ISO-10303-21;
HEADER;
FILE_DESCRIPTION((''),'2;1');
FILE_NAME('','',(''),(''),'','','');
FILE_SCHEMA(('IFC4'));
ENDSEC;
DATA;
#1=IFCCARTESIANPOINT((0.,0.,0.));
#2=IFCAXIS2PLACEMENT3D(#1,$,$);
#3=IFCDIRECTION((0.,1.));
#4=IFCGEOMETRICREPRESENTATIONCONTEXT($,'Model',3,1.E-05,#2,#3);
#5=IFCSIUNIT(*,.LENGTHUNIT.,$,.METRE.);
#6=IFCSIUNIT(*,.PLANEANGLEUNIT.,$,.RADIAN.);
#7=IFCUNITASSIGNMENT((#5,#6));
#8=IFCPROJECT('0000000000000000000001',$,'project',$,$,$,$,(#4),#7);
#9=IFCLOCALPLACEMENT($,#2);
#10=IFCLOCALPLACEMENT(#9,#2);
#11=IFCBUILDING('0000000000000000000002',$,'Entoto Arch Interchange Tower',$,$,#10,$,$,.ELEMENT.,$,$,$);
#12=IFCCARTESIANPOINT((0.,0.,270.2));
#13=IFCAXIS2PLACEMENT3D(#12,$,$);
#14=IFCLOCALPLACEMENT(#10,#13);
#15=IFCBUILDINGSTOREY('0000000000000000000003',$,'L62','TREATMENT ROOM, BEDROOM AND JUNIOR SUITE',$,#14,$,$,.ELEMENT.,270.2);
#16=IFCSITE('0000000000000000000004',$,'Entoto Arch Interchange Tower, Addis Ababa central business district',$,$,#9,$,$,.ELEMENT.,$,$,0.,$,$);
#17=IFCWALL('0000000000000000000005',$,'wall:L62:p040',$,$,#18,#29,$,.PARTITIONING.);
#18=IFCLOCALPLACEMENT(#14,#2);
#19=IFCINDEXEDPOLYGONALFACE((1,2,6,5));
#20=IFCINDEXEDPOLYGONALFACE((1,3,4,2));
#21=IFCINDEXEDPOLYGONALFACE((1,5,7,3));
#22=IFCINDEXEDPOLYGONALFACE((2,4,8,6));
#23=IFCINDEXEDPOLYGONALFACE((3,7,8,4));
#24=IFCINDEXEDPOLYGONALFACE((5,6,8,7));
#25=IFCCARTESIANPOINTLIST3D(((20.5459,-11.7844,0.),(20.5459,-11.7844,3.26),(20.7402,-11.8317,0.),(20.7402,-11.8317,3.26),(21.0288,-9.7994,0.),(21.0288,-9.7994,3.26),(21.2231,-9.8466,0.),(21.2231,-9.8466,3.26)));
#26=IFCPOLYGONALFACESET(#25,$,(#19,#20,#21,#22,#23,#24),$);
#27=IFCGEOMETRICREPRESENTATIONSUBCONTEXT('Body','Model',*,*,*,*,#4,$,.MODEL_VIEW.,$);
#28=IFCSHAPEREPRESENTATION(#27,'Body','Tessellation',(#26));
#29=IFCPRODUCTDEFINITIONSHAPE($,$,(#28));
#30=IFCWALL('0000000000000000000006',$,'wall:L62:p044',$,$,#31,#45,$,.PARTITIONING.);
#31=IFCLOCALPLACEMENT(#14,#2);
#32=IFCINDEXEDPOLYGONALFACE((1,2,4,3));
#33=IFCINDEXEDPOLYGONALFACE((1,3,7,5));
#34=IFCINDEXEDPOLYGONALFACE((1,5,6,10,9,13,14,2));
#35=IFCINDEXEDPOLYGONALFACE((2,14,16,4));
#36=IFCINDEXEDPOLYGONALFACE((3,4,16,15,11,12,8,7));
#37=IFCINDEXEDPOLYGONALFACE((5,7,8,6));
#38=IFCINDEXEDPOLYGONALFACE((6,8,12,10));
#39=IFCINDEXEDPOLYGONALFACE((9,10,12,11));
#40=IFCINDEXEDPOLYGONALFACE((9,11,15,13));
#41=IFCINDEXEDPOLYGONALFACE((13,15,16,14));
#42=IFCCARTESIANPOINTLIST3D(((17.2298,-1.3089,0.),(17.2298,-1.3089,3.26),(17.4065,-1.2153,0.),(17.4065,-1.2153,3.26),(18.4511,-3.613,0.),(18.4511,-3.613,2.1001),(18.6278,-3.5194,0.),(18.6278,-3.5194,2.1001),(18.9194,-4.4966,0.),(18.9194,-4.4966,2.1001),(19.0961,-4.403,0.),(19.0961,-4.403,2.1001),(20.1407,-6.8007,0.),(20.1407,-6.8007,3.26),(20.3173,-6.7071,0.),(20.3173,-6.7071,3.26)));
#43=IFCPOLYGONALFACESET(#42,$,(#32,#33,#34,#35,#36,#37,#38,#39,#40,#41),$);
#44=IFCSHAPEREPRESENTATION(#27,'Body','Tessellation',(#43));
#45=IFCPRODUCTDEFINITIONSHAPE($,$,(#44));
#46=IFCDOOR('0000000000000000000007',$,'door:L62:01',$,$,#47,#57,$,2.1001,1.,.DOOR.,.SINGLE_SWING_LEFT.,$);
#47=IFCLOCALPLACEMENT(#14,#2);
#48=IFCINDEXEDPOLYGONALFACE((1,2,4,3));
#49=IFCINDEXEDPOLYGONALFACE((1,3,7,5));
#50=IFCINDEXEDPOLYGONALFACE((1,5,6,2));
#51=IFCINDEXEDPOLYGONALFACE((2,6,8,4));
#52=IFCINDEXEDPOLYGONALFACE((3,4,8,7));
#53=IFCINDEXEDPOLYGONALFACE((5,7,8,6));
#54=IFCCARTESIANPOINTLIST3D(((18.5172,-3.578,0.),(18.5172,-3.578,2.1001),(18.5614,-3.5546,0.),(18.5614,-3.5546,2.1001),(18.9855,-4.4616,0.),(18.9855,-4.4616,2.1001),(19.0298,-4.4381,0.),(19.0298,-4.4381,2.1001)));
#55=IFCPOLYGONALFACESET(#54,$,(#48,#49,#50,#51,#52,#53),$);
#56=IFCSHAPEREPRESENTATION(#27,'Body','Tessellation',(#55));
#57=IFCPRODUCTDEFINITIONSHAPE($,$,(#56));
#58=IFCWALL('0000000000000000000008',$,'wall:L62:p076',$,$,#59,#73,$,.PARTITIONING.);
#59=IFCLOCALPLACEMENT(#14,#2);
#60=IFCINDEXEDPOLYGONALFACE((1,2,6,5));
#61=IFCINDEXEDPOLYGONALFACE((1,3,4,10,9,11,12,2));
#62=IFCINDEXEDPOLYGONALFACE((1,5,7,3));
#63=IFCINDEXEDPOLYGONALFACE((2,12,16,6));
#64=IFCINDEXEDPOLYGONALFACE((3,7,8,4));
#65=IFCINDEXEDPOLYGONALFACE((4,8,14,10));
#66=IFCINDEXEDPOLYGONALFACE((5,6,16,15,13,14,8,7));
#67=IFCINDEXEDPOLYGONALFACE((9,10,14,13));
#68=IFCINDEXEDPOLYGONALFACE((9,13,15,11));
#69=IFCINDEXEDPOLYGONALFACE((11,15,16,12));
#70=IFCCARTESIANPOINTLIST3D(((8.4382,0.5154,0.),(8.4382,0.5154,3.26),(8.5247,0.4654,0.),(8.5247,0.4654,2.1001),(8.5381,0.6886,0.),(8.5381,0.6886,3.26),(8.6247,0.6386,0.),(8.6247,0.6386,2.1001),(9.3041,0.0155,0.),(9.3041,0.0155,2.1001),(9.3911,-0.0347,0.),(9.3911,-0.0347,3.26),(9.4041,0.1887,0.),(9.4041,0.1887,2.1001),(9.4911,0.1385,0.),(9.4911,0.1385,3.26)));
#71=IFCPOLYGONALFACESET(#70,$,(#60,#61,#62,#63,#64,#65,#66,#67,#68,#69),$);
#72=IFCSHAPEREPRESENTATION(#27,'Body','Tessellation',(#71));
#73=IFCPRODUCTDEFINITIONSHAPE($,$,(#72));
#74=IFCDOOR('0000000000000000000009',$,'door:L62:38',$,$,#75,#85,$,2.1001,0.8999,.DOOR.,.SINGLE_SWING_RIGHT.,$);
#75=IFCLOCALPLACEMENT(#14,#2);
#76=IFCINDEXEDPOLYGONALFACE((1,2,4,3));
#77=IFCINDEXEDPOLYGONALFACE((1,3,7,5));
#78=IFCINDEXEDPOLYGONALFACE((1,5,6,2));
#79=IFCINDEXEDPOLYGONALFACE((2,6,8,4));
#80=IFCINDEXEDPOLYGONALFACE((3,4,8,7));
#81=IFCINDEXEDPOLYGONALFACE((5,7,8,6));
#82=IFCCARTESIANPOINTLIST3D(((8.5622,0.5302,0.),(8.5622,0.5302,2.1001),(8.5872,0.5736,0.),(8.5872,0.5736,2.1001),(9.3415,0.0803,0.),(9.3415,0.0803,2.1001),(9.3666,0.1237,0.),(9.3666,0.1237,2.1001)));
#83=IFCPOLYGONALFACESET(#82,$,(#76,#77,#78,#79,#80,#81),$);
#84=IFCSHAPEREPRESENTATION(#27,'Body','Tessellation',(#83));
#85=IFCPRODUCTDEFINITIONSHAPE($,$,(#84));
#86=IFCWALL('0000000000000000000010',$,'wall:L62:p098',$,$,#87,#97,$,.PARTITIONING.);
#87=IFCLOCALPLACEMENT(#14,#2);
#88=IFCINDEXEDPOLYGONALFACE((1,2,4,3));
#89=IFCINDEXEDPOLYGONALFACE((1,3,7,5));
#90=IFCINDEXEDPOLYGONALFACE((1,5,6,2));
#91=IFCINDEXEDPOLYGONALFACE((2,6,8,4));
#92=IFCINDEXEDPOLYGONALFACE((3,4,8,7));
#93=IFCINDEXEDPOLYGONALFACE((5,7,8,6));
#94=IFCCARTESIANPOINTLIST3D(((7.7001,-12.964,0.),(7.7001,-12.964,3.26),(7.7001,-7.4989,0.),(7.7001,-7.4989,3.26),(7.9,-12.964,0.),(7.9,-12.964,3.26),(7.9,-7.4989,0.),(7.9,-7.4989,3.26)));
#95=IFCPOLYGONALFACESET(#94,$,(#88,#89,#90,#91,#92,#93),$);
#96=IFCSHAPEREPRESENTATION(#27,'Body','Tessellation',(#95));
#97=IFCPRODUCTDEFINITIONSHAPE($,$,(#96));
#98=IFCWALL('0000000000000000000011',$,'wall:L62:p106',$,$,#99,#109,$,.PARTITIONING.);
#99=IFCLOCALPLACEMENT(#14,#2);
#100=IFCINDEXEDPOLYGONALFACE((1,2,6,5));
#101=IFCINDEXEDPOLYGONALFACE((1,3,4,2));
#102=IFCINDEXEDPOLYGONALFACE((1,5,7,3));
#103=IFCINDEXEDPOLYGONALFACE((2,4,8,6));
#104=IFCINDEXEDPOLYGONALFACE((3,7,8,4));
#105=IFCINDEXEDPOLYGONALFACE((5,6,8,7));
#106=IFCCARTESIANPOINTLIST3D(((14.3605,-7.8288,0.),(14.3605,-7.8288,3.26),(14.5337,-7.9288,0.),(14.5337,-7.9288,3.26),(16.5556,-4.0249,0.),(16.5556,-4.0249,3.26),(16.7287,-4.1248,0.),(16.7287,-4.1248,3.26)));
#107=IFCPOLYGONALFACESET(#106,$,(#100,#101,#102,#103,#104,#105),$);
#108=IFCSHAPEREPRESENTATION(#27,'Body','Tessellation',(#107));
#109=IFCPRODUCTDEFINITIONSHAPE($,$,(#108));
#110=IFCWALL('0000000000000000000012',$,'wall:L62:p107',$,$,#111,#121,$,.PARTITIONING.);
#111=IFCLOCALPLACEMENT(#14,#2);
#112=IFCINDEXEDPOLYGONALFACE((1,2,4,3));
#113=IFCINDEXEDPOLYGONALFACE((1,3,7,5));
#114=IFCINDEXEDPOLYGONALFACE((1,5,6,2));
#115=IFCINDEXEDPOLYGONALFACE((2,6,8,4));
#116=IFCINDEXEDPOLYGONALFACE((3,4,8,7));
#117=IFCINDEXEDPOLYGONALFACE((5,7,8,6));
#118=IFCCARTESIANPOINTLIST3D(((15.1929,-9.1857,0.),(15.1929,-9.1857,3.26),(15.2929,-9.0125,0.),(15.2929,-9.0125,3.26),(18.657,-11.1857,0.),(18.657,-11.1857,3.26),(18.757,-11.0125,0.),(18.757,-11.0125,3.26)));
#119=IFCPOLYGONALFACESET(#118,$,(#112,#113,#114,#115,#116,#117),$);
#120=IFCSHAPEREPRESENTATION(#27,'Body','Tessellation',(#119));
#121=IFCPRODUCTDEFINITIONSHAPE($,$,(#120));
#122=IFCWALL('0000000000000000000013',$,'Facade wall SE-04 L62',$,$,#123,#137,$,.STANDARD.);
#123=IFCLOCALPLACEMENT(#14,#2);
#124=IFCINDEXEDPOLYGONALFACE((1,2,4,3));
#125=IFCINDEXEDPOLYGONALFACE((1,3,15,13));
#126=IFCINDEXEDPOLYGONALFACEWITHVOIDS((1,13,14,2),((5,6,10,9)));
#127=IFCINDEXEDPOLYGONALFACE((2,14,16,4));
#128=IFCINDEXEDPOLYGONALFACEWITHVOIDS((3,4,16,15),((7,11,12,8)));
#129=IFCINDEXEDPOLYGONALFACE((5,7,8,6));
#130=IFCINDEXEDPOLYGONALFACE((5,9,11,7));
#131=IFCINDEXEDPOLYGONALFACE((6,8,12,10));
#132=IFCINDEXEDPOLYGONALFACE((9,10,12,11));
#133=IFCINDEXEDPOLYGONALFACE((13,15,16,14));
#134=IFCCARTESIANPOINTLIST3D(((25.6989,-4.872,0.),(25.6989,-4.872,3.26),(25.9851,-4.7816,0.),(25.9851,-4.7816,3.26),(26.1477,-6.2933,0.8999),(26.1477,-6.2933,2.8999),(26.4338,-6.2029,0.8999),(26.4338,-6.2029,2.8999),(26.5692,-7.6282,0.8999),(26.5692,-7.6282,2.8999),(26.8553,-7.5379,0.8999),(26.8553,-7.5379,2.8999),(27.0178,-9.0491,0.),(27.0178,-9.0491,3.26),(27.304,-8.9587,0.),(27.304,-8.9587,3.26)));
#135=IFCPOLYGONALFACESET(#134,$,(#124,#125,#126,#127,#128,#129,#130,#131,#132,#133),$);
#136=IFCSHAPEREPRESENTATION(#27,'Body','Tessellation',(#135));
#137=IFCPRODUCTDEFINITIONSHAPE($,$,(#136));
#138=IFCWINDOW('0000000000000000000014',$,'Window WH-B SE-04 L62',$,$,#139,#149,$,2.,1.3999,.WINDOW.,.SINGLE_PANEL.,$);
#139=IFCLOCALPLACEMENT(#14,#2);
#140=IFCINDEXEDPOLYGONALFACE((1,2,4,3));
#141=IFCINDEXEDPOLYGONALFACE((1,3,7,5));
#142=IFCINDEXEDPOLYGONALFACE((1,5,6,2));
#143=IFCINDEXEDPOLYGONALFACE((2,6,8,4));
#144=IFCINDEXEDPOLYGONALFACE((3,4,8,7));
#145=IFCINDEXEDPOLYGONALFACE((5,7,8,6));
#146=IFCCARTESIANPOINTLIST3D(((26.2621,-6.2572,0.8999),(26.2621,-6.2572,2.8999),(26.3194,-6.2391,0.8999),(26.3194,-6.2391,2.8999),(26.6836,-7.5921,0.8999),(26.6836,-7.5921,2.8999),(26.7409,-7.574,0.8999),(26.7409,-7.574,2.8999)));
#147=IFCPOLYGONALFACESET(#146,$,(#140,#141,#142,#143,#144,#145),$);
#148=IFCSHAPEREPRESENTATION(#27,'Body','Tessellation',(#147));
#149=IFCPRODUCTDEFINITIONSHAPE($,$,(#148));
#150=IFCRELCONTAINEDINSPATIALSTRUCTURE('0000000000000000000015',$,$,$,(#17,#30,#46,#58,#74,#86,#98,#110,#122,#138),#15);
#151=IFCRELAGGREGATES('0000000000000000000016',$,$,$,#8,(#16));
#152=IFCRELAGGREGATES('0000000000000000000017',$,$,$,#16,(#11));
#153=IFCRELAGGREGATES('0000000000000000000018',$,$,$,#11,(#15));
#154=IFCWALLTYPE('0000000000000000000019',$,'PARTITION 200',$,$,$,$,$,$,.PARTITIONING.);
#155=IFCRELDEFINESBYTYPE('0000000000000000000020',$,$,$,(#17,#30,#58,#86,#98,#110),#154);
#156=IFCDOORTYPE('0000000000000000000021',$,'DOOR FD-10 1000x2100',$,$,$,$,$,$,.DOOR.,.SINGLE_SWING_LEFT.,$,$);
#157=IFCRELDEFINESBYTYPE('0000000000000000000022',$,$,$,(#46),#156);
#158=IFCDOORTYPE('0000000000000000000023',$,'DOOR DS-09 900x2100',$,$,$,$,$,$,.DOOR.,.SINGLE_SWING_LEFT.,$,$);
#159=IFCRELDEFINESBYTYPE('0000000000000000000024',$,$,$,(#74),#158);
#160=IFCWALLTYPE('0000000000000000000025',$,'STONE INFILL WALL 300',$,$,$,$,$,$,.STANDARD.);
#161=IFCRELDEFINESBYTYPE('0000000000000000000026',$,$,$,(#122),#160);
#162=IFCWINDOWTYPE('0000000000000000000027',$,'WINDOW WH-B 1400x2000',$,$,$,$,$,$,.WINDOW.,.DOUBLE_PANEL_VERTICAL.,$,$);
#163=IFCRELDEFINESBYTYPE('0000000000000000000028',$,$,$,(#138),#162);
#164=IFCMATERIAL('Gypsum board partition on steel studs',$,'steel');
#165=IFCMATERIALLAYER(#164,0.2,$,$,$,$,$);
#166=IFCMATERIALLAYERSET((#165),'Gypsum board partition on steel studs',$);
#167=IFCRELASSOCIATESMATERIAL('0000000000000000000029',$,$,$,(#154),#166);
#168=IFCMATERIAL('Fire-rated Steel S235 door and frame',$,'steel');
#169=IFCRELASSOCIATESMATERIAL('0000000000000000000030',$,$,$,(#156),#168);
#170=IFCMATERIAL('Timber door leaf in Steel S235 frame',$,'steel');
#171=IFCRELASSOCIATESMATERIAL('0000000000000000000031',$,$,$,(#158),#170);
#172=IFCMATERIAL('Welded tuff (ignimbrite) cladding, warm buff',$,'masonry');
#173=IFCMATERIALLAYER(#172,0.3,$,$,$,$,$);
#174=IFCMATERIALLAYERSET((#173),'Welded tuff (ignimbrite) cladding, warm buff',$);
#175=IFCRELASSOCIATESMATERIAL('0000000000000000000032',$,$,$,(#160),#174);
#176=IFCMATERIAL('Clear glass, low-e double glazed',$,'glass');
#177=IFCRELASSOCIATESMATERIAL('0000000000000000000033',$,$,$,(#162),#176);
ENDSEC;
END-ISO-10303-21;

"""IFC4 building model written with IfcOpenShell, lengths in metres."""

from ifc_helpers import new_model, si_unit, direction, frame, frame_2d, origin, place, context, subcontext, project, spatial, rectangle, extrude, material, layer, layer_set, type_object, element, fill, save


model = new_model("IFC4")

# Units and contexts
model_context = context("Model", 3, precision=1e-05, world=origin(), true_north=direction((0.0, 1.0)))
body_context = subcontext(model_context, "Body", "Model", "MODEL_VIEW")
ifc_project = project(units=[si_unit("LENGTHUNIT", "METRE"), si_unit("PLANEANGLEUNIT", "RADIAN")], contexts=[model_context])

# Site, building, storey
site_placement = place(None, origin())
site = spatial("IfcSite", under=ifc_project, at=site_placement, Name="Entoto Arch Interchange Tower, Addis Ababa central business district", CompositionType="ELEMENT", RefElevation=0.0)
building_placement = place(site_placement, origin())
building = spatial("IfcBuilding", under=site, at=building_placement, Name="Entoto Arch Interchange Tower", CompositionType="ELEMENT")
storey_placement = place(building_placement, frame((0.0, 0.0, 270.2)))
storey = spatial("IfcBuildingStorey", under=building, at=storey_placement, Name="L62", Description="TREATMENT ROOM, BEDROOM AND JUNIOR SUITE", CompositionType="ELEMENT", Elevation=270.2)

# Shared definitions
ifc_material_1 = material(Name="Gypsum board partition on steel studs", Category="steel")
ifc_layer_1 = layer(ifc_material_1, 0.2)
ifc_layer_set_1 = layer_set([ifc_layer_1], Name="Gypsum board partition on steel studs")
wall_type_1 = type_object("IfcWallType", Name="PARTITION 200", PredefinedType="PARTITIONING", material=ifc_layer_set_1)

# Shared definitions
ifc_material_2 = material(Name="Timber door leaf in Steel S235 frame", Category="steel")

# Wall
wall_1_placement = place(storey_placement, frame((21.126, -9.823, 0.0), z_axis=(0.0, 0.0, 1.0), x_axis=(-0.236373, -0.971662, 0.0)))
element("IfcWall", 1, at=wall_1_placement, inside=storey, type_object=wall_type_1, Name="wall:L62:p040", PredefinedType="PARTITIONING", context=body_context, shape_type="SweptSolid", body=[
    extrude(rectangle(XDim=2.043, YDim=0.2, at=frame_2d((1.0215, 0.0))), origin(), (0.0, 0.0, 1.0), 3.26),
])

# Walls, openings, doors
wall_2_placement = place(storey_placement, frame((17.3181, -1.262, 0.0), z_axis=(0.0, 0.0, 1.0), x_axis=(0.468314, -0.883562, 0.0)))
wall_2 = element("IfcWall", 2, at=wall_2_placement, inside=storey, type_object=wall_type_1, Name="wall:L62:p044", PredefinedType="PARTITIONING", context=body_context, shape_type="SweptSolid", body=[
    extrude(rectangle(XDim=6.2156, YDim=0.2, at=frame_2d((3.1079, 0.0))), origin(), (0.0, 0.0, 1.0), 3.26),
])
opening_1_placement = place(wall_2_placement, frame((2.6079, 0.0, 0.0)))
opening_1 = element("IfcOpeningElement", 3, at=opening_1_placement, cuts=wall_2, PredefinedType="OPENING", context=body_context, shape_type="SweptSolid", body=[
    extrude(rectangle(XDim=1.0, YDim=2.1001, at=frame_2d((0.5, 1.05))), frame((0.0, 0.1099, 0.0), z_axis=(0.0, -1.0, 0.0), x_axis=(1.0, 0.0, 0.0)), (0.0, 0.0, 1.0), 0.22),
])
ifc_material_3 = material(Name="Fire-rated Steel S235 door and frame", Category="steel")
door_type_1 = type_object("IfcDoorType", Name="DOOR FD-10 1000x2100", OperationType="SINGLE_SWING_LEFT", PredefinedType="DOOR", material=ifc_material_3)
door_1_placement = place(opening_1_placement, origin())
door_1 = element("IfcDoor", 4, at=door_1_placement, inside=storey, type_object=door_type_1, Name="door:L62:01", OperationType="SINGLE_SWING_LEFT", OverallHeight=2.1001, OverallWidth=1.0, PredefinedType="DOOR", context=body_context, shape_type="SweptSolid", body=[
    extrude(rectangle(XDim=1.0, YDim=2.1001, at=frame_2d((0.5, 1.05))), frame((0.0, 0.0249, 0.0), z_axis=(0.0, -1.0, 0.0), x_axis=(1.0, 0.0, 0.0)), (0.0, 0.0, 1.0), 0.05),
])
fill(opening_1, door_1)
wall_3_placement = place(storey_placement, frame((8.488, 0.6021, 0.0), z_axis=(0.0, 0.0, 1.0), x_axis=(0.866064, -0.499934, 0.0)))
wall_3 = element("IfcWall", 5, at=wall_3_placement, inside=storey, type_object=wall_type_1, Name="wall:L62:p076", PredefinedType="PARTITIONING", context=body_context, shape_type="SweptSolid", body=[
    extrude(rectangle(XDim=1.1003, YDim=0.2, at=frame_2d((0.5503, 0.0))), origin(), (0.0, 0.0, 1.0), 3.26),
])
opening_2_placement = place(wall_3_placement, frame((0.1001, 0.0, 0.0)))
opening_2 = element("IfcOpeningElement", 6, at=opening_2_placement, cuts=wall_3, PredefinedType="OPENING", context=body_context, shape_type="SweptSolid", body=[
    extrude(rectangle(XDim=0.8999, YDim=2.1001, at=frame_2d((0.45, 1.05))), frame((0.0, 0.1099, 0.0), z_axis=(0.0, -1.0, 0.0), x_axis=(1.0, 0.0, 0.0)), (0.0, 0.0, 1.0), 0.22),
])
door_type_2 = type_object("IfcDoorType", Name="DOOR DS-09 900x2100", OperationType="SINGLE_SWING_LEFT", PredefinedType="DOOR", material=ifc_material_2)
door_2_placement = place(opening_2_placement, origin())
door_2 = element("IfcDoor", 7, at=door_2_placement, inside=storey, type_object=door_type_2, Name="door:L62:38", OperationType="SINGLE_SWING_RIGHT", OverallHeight=2.1001, OverallWidth=0.8999, PredefinedType="DOOR", context=body_context, shape_type="SweptSolid", body=[
    extrude(rectangle(XDim=0.8999, YDim=2.1001, at=frame_2d((0.45, 1.05))), frame((0.0, 0.0249, 0.0), z_axis=(0.0, -1.0, 0.0), x_axis=(1.0, 0.0, 0.0)), (0.0, 0.0, 1.0), 0.05),
])
fill(opening_2, door_2)

# Walls
wall_4_placement = place(storey_placement, frame((7.8, -7.499, 0.0), z_axis=(0.0, 0.0, 1.0), x_axis=(0.0, -1.0, 0.0)))
element("IfcWall", 8, at=wall_4_placement, inside=storey, type_object=wall_type_1, Name="wall:L62:p098", PredefinedType="PARTITIONING", context=body_context, shape_type="SweptSolid", body=[
    extrude(rectangle(XDim=5.4651, YDim=0.2, at=frame_2d((2.7324, 0.0))), origin(), (0.0, 0.0, 1.0), 3.26),
])
wall_5_placement = place(storey_placement, frame((16.6421, -4.075, 0.0), z_axis=(0.0, 0.0, 1.0), x_axis=(-0.499804, -0.866138, 0.0)))
element("IfcWall", 9, at=wall_5_placement, inside=storey, type_object=wall_type_1, Name="wall:L62:p106", PredefinedType="PARTITIONING", context=body_context, shape_type="SweptSolid", body=[
    extrude(rectangle(XDim=4.3918, YDim=0.2, at=frame_2d((2.1958, 0.0))), origin(), (0.0, 0.0, 1.0), 3.26),
])
wall_6_placement = place(storey_placement, frame((15.2429, -9.0991, 0.0), z_axis=(0.0, 0.0, 1.0), x_axis=(0.866026, -0.499999, 0.0)))
element("IfcWall", 10, at=wall_6_placement, inside=storey, type_object=wall_type_1, Name="wall:L62:p107", PredefinedType="PARTITIONING", context=body_context, shape_type="SweptSolid", body=[
    extrude(rectangle(XDim=4.0, YDim=0.2, at=frame_2d((2.0, 0.0))), origin(), (0.0, 0.0, 1.0), 3.26),
])

# Wall, opening, window
ifc_material_4 = material(Name="Welded tuff (ignimbrite) cladding, warm buff", Category="masonry")
ifc_layer_2 = layer(ifc_material_4, 0.3)
ifc_layer_set_2 = layer_set([ifc_layer_2], Name="Welded tuff (ignimbrite) cladding, warm buff")
wall_type_2 = type_object("IfcWallType", Name="STONE INFILL WALL 300", PredefinedType="STANDARD", material=ifc_layer_set_2)
wall_7_placement = place(storey_placement, frame((27.1609, -9.0039, 0.0), z_axis=(0.0, 0.0, 1.0), x_axis=(-0.301089, 0.953596, 0.0)))
wall_7 = element("IfcWall", 11, at=wall_7_placement, inside=storey, type_object=wall_type_2, Name="Facade wall SE-04 L62", PredefinedType="STANDARD", context=body_context, shape_type="SweptSolid", body=[
    extrude(rectangle(XDim=4.3804, YDim=0.3, at=frame_2d((2.1902, 0.0))), origin(), (0.0, 0.0, 1.0), 3.26),
])
opening_3_placement = place(wall_7_placement, frame((1.49, 0.0, 0.8999)))
opening_3 = element("IfcOpeningElement", 12, at=opening_3_placement, cuts=wall_7, PredefinedType="OPENING", context=body_context, shape_type="SweptSolid", body=[
    extrude(rectangle(XDim=1.3999, YDim=2.0, at=frame_2d((0.7, 1.0))), frame((0.0, 0.1602, 0.0), z_axis=(0.0, -1.0, 0.0), x_axis=(1.0, 0.0, 0.0)), (0.0, 0.0, 1.0), 0.3201),
])
ifc_material_5 = material(Name="Clear glass, low-e double glazed", Category="glass")
window_type_1 = type_object("IfcWindowType", Name="WINDOW WH-B 1400x2000", PartitioningType="DOUBLE_PANEL_VERTICAL", PredefinedType="WINDOW", material=ifc_material_5)
window_1_placement = place(opening_3_placement, origin())
window_1 = element("IfcWindow", 13, at=window_1_placement, inside=storey, type_object=window_type_1, Name="Window WH-B SE-04 L62", OverallHeight=2.0, OverallWidth=1.3999, PartitioningType="SINGLE_PANEL", PredefinedType="WINDOW", context=body_context, shape_type="SweptSolid", body=[
    extrude(rectangle(XDim=1.3999, YDim=2.0, at=frame_2d((0.7, 1.0))), frame((0.0, 0.03, 0.0), z_axis=(0.0, -1.0, 0.0), x_axis=(1.0, 0.0, 0.0)), (0.0, 0.0, 1.0), 0.0601),
])
fill(opening_3, window_1)

save(model, "model.ifc")
